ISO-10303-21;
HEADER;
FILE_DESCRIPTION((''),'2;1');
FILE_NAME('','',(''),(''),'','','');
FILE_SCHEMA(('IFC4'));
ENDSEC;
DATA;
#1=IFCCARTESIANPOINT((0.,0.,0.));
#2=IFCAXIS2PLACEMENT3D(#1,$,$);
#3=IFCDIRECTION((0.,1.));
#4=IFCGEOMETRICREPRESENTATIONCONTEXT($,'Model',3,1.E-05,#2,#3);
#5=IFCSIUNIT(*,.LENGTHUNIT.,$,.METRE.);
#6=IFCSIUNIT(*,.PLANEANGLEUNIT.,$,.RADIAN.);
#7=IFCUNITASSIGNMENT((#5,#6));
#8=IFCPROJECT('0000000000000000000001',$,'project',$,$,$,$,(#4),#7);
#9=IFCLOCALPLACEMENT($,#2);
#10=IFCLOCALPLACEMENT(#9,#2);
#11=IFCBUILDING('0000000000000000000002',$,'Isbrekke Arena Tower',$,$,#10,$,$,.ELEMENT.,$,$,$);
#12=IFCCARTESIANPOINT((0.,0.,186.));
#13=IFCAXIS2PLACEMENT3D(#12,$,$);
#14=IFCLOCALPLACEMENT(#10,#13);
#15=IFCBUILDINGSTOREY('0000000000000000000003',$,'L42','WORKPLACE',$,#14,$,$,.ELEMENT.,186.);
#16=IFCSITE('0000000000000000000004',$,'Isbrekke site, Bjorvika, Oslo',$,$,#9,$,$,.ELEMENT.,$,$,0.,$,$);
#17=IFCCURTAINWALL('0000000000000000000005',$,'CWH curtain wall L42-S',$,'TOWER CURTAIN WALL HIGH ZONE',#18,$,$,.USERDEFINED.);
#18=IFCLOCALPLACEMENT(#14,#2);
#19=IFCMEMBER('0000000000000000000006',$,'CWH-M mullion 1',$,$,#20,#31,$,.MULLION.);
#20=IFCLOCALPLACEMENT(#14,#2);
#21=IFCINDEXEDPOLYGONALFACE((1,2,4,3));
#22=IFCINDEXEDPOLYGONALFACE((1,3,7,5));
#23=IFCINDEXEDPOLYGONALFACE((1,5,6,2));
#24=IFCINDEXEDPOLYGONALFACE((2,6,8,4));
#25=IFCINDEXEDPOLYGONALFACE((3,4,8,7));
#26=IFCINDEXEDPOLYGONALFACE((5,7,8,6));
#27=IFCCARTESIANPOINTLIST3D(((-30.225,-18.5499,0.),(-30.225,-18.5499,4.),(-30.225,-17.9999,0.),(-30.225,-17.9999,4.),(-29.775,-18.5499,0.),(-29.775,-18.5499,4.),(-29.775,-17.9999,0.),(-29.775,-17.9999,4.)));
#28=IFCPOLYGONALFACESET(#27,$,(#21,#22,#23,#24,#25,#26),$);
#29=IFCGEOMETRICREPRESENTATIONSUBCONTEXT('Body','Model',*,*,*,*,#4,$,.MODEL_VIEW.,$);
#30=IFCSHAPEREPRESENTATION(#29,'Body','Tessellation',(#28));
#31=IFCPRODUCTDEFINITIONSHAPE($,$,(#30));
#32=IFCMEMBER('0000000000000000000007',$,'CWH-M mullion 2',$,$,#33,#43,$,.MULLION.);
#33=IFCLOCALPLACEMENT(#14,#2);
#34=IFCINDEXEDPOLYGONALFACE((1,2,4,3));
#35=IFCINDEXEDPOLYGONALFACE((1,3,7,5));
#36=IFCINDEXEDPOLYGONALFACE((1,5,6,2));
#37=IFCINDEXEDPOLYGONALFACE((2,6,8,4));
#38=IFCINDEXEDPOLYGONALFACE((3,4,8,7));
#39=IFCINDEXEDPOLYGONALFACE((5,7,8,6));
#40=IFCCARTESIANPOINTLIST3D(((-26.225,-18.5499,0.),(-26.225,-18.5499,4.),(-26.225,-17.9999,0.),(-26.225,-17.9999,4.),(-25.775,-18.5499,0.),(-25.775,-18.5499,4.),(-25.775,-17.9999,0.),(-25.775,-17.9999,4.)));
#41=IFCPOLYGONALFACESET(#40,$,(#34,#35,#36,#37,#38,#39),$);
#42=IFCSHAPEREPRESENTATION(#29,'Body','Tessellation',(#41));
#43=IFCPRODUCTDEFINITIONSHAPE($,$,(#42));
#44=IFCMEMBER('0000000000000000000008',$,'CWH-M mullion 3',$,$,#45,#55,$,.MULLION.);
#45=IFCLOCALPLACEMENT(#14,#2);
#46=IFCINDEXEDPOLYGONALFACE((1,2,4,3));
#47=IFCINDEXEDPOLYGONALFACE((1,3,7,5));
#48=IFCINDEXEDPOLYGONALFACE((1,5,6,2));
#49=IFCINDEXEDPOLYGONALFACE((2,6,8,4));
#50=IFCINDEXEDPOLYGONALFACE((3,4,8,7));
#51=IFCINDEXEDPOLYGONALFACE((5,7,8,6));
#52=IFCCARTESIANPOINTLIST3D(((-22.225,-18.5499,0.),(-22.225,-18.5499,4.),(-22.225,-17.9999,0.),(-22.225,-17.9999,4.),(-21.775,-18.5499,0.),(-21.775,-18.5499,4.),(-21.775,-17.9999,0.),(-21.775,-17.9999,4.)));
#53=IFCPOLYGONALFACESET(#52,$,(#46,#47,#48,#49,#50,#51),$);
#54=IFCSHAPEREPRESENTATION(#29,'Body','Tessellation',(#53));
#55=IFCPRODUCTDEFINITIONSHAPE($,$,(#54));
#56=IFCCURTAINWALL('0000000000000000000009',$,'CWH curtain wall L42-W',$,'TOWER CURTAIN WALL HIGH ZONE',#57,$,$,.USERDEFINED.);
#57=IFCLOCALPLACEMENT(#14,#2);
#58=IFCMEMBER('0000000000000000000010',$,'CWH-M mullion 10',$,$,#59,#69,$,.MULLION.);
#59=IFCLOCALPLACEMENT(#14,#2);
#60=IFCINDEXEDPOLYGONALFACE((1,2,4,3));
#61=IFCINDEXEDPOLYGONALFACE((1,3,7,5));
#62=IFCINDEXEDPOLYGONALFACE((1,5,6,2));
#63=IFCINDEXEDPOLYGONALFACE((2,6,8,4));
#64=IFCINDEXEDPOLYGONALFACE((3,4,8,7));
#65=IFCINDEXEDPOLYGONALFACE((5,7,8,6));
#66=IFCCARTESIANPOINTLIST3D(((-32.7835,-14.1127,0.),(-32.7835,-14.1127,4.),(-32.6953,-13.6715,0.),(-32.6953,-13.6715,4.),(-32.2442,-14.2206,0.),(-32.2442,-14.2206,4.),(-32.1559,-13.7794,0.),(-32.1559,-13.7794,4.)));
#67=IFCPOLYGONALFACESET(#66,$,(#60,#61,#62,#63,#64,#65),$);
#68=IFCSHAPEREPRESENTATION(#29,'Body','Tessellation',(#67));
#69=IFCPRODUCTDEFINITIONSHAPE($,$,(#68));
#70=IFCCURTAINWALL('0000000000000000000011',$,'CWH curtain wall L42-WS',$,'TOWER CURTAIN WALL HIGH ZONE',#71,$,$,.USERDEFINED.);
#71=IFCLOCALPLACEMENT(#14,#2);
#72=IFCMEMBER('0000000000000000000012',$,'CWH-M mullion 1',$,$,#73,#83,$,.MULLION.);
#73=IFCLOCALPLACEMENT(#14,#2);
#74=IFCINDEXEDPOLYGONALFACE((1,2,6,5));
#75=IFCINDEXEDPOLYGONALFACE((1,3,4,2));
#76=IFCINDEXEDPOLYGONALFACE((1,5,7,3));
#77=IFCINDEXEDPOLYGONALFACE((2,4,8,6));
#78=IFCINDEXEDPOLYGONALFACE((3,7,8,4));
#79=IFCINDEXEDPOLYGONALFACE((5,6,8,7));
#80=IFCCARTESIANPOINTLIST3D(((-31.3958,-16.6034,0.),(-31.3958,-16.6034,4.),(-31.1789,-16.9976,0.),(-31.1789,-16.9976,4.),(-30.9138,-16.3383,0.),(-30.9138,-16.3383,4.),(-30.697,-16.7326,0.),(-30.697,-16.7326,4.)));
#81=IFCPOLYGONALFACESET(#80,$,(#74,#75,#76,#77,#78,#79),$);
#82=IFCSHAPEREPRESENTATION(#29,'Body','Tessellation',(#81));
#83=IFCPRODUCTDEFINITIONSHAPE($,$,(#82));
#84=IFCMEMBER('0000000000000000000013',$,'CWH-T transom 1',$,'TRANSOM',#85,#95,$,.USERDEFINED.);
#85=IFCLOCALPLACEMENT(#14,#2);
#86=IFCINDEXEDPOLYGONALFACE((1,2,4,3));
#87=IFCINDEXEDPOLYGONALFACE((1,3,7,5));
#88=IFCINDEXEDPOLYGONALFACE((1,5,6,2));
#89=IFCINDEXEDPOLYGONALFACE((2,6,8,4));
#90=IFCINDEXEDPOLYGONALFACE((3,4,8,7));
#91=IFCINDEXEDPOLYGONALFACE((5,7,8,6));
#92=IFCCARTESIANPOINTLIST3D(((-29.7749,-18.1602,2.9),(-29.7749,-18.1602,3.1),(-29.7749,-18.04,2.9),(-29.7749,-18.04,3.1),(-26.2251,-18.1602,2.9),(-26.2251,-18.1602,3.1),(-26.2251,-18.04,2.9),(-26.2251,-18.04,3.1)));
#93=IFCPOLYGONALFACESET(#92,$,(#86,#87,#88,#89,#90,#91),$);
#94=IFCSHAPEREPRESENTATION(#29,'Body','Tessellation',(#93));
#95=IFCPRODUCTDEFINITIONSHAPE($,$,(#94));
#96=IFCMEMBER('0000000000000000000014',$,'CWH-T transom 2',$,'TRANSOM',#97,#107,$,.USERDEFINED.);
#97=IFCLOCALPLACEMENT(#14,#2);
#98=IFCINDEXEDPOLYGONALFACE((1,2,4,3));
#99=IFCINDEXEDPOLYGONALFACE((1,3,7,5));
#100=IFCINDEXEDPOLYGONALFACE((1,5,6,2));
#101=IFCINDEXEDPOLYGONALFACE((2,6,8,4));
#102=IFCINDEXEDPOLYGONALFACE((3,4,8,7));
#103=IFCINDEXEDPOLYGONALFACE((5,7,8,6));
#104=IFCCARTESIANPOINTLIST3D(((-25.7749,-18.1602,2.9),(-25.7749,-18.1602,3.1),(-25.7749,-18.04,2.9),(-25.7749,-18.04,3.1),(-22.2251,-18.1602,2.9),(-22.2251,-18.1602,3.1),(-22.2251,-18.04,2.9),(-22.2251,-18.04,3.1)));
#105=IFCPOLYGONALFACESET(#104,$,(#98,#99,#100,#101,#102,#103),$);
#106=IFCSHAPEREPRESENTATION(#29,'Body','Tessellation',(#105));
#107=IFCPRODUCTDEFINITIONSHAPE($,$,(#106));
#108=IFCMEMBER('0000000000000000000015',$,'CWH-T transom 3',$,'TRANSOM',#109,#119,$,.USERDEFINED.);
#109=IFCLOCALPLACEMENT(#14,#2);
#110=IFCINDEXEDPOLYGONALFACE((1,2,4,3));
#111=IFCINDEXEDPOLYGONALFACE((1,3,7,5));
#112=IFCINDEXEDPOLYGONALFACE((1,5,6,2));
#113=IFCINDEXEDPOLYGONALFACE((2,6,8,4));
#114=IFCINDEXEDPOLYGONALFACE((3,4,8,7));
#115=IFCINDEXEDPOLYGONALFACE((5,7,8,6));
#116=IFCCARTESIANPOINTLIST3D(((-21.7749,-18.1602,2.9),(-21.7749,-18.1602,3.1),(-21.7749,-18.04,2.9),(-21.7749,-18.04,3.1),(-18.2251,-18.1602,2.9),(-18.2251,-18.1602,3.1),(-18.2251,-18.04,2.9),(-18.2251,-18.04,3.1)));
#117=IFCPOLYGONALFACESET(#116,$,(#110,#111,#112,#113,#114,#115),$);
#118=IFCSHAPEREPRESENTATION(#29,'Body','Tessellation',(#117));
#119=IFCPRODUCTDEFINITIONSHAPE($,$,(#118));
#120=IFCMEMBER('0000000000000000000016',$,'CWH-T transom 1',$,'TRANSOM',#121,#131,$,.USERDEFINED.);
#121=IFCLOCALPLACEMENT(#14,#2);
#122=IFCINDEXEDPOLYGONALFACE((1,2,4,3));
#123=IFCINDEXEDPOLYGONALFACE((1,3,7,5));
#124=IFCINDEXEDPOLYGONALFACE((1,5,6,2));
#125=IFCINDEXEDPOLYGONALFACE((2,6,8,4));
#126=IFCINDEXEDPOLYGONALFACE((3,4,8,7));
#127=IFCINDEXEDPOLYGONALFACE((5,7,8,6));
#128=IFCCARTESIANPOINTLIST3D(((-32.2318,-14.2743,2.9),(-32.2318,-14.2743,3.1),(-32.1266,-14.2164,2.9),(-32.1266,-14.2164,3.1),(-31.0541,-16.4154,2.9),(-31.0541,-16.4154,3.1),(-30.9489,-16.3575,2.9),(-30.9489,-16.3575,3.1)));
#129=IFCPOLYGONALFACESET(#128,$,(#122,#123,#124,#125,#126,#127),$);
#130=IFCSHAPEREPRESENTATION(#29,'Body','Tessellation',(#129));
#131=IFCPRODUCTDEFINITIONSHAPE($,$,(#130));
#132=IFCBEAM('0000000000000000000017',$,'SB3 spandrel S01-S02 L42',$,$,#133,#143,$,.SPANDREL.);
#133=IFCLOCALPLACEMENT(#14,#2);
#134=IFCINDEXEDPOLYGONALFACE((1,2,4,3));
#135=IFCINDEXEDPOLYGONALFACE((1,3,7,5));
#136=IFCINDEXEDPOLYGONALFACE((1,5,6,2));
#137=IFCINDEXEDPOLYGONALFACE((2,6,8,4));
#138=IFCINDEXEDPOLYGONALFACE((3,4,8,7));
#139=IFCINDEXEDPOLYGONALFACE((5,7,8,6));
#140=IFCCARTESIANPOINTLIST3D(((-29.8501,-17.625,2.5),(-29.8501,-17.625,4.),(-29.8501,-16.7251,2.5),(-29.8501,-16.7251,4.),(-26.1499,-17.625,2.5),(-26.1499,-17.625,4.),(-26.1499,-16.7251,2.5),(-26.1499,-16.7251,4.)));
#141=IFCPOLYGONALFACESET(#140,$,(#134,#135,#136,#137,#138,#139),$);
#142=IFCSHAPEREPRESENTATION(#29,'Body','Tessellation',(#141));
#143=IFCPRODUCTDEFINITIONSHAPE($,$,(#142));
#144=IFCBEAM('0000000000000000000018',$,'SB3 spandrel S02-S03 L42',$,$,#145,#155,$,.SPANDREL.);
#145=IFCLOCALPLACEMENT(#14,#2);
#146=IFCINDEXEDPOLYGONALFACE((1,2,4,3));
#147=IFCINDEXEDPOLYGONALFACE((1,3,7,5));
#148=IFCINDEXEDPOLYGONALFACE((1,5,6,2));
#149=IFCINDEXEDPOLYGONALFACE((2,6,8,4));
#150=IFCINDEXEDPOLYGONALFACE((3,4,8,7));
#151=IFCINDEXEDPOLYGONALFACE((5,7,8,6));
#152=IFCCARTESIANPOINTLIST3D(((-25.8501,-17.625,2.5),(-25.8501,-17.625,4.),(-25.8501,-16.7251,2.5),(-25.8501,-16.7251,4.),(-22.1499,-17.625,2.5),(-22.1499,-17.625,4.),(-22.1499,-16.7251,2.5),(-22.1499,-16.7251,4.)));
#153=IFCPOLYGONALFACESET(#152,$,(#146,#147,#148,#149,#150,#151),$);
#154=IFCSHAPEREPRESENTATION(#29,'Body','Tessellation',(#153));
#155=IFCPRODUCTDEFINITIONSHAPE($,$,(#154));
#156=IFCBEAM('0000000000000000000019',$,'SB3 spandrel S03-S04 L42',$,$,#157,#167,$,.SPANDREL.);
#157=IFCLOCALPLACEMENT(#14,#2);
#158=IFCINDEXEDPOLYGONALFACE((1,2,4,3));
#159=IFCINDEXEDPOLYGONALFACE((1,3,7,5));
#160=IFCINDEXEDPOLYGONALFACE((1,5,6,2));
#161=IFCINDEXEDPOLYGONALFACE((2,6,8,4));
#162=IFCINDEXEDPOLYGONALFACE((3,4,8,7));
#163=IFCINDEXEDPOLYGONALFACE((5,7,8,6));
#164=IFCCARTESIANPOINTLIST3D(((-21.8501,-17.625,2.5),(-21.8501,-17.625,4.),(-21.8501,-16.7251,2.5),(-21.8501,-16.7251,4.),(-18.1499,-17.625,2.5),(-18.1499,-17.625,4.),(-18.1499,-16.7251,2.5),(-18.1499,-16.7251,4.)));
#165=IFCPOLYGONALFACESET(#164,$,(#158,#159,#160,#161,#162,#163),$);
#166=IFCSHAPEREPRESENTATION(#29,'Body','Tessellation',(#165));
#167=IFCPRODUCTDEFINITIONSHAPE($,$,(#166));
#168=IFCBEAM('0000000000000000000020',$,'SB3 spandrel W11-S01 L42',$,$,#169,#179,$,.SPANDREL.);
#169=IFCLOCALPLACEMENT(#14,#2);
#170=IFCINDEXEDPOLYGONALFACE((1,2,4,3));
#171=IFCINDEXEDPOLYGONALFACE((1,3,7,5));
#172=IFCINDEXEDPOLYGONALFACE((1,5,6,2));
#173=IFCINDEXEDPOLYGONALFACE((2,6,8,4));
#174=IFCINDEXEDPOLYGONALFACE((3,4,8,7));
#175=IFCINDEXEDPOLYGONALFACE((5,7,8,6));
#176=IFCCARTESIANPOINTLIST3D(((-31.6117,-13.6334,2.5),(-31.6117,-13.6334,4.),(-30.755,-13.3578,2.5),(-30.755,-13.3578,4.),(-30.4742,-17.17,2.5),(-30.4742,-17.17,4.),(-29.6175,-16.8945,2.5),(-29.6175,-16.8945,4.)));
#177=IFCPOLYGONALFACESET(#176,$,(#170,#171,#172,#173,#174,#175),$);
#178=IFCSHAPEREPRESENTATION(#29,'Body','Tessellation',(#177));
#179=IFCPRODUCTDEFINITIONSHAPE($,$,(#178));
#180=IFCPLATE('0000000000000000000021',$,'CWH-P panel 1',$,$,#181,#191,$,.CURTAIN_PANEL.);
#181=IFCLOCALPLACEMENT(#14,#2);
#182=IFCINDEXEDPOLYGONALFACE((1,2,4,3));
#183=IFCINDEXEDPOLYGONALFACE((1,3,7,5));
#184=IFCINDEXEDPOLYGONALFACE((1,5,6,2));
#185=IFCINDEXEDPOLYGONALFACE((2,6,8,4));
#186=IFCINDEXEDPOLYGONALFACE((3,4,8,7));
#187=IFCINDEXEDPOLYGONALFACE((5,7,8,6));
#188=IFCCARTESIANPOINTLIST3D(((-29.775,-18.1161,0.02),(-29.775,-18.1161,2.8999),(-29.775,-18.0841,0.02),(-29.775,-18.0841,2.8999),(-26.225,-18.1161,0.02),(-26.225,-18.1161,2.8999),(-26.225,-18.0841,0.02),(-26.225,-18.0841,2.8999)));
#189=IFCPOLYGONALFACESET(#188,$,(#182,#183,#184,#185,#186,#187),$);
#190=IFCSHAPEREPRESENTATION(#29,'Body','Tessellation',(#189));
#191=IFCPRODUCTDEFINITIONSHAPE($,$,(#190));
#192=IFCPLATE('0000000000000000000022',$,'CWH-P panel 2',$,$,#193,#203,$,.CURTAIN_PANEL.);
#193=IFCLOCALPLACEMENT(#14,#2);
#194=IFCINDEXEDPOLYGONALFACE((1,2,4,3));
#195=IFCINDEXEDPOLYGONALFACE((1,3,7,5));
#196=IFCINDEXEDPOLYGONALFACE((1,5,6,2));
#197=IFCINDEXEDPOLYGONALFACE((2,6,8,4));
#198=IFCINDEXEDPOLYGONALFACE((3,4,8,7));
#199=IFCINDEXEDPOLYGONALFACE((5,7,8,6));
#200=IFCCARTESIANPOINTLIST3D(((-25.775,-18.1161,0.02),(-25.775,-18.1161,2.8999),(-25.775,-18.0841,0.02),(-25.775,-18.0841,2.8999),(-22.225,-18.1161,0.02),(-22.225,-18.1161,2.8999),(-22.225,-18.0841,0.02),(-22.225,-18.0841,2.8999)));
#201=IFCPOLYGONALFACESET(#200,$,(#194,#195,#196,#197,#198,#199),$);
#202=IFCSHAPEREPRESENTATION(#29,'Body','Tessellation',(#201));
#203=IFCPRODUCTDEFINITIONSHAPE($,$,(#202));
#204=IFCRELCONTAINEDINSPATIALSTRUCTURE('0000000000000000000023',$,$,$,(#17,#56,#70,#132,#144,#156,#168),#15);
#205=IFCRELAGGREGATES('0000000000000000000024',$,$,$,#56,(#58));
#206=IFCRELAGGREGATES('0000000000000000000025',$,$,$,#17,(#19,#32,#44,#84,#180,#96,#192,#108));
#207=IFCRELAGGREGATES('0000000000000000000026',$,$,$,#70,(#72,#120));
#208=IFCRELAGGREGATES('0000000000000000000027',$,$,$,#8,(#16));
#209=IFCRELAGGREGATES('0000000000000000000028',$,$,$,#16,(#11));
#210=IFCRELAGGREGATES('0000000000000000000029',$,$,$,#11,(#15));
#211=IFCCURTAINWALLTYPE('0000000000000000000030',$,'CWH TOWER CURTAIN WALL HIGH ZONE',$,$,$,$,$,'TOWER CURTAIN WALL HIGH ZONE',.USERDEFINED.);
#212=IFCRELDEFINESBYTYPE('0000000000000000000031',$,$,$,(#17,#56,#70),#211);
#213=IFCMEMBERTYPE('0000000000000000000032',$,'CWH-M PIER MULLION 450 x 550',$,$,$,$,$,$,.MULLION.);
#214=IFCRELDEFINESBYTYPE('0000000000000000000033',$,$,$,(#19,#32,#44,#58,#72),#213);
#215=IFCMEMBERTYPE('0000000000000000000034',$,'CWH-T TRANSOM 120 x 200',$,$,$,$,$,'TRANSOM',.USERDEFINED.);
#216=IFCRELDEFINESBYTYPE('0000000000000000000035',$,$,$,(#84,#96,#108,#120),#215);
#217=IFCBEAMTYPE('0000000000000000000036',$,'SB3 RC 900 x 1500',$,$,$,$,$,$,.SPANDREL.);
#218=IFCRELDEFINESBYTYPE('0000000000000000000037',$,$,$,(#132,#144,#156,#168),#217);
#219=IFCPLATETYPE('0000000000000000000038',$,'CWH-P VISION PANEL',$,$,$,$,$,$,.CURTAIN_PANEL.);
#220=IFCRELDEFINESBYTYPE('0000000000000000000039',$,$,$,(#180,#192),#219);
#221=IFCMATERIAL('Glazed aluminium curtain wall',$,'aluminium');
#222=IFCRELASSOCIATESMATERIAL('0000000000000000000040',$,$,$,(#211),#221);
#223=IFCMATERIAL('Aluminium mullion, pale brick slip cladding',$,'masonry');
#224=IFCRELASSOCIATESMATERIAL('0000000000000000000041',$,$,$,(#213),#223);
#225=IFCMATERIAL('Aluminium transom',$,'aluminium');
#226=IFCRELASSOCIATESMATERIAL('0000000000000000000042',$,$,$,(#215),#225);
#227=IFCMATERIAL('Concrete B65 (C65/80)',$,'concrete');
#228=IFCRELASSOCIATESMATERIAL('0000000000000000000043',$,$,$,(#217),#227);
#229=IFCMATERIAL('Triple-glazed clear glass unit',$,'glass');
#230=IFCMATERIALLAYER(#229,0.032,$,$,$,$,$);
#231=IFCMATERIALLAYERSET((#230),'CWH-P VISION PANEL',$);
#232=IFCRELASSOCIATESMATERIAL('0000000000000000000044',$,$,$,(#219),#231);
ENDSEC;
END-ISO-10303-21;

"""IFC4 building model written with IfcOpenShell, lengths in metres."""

from ifc_helpers import new_model, si_unit, direction, frame, origin, origin_2d, place, context, subcontext, project, spatial, rectangle, extrude, material, layer, layer_set, material_profile, profile_set, type_object, element, aggregate, save


model = new_model("IFC4")

# Units and contexts
model_context = context("Model", 3, precision=1e-05, world=origin(), true_north=direction((0.0, 1.0)))
body_context = subcontext(model_context, "Body", "Model", "MODEL_VIEW")
ifc_project = project(units=[si_unit("LENGTHUNIT", "METRE"), si_unit("PLANEANGLEUNIT", "RADIAN")], contexts=[model_context])

# Site, building, storey
site_placement = place(None, origin())
site = spatial("IfcSite", under=ifc_project, at=site_placement, Name="Isbrekke site, Bjorvika, Oslo", CompositionType="ELEMENT", RefElevation=0.0)
building_placement = place(site_placement, origin())
building = spatial("IfcBuilding", under=site, at=building_placement, Name="Isbrekke Arena Tower", CompositionType="ELEMENT")
storey_placement = place(building_placement, frame((0.0, 0.0, 186.0)))
storey = spatial("IfcBuildingStorey", under=building, at=storey_placement, Name="L42", Description="WORKPLACE", CompositionType="ELEMENT", Elevation=186.0)

# Curtain wall, members
ifc_material_1 = material(Name="Glazed aluminium curtain wall", Category="aluminium")
curtain_wall_type = type_object("IfcCurtainWallType", Name="CWH TOWER CURTAIN WALL HIGH ZONE", ElementType="TOWER CURTAIN WALL HIGH ZONE", PredefinedType="USERDEFINED", material=ifc_material_1)
curtain_wall_1_placement = place(storey_placement, origin())
curtain_wall_1 = element("IfcCurtainWall", 1, at=curtain_wall_1_placement, inside=storey, type_object=curtain_wall_type, Name="CWH curtain wall L42-S", ObjectType="TOWER CURTAIN WALL HIGH ZONE", PredefinedType="USERDEFINED")
ifc_material_2 = material(Name="Aluminium mullion, pale brick slip cladding", Category="masonry")
ifc_material_profile_1 = material_profile(ifc_material_2, rectangle(XDim=0.45, YDim=0.55, at=origin_2d()), Name="PIER 450X550")
ifc_profile_set_1 = profile_set([ifc_material_profile_1], Name="Aluminium mullion, pale brick slip cladding")
member_type_1 = type_object("IfcMemberType", Name="CWH-M PIER MULLION 450 x 550", PredefinedType="MULLION", material=ifc_profile_set_1)
member_1_placement = place(storey_placement, frame((-30.0, -18.2749, 0.0), z_axis=(0.0, 0.0, 1.0), x_axis=(1.0, 0.0, 0.0)))
member_1 = element("IfcMember", 2, at=member_1_placement, type_object=member_type_1, Name="CWH-M mullion 1", PredefinedType="MULLION", context=body_context, shape_type="SweptSolid", body=[
    extrude(rectangle(XDim=0.45, YDim=0.55, at=origin_2d()), origin(), (0.0, 0.0, 1.0), 4.0),
])
member_2_placement = place(storey_placement, frame((-26.0, -18.2749, 0.0), z_axis=(0.0, 0.0, 1.0), x_axis=(1.0, 0.0, 0.0)))
member_2 = element("IfcMember", 3, at=member_2_placement, type_object=member_type_1, Name="CWH-M mullion 2", PredefinedType="MULLION", context=body_context, shape_type="SweptSolid", body=[
    extrude(rectangle(XDim=0.45, YDim=0.55, at=origin_2d()), origin(), (0.0, 0.0, 1.0), 4.0),
])
member_3_placement = place(storey_placement, frame((-22.0, -18.2749, 0.0), z_axis=(0.0, 0.0, 1.0), x_axis=(1.0, 0.0, 0.0)))
member_3 = element("IfcMember", 4, at=member_3_placement, type_object=member_type_1, Name="CWH-M mullion 3", PredefinedType="MULLION", context=body_context, shape_type="SweptSolid", body=[
    extrude(rectangle(XDim=0.45, YDim=0.55, at=origin_2d()), origin(), (0.0, 0.0, 1.0), 4.0),
])

# Curtain walls, members
curtain_wall_2_placement = place(storey_placement, origin())
curtain_wall_2 = element("IfcCurtainWall", 5, at=curtain_wall_2_placement, inside=storey, type_object=curtain_wall_type, Name="CWH curtain wall L42-W", ObjectType="TOWER CURTAIN WALL HIGH ZONE", PredefinedType="USERDEFINED")
member_4_placement = place(storey_placement, frame((-32.4697, -13.946, 0.0), z_axis=(0.0, 0.0, 1.0), x_axis=(-0.196116, -0.980581, 0.0)))
member_4 = element("IfcMember", 6, at=member_4_placement, type_object=member_type_1, Name="CWH-M mullion 10", PredefinedType="MULLION", context=body_context, shape_type="SweptSolid", body=[
    extrude(rectangle(XDim=0.45, YDim=0.55, at=origin_2d()), origin(), (0.0, 0.0, 1.0), 4.0),
])
aggregate(curtain_wall_2, [member_4])
curtain_wall_3_placement = place(storey_placement, origin())
curtain_wall_3 = element("IfcCurtainWall", 7, at=curtain_wall_3_placement, inside=storey, type_object=curtain_wall_type, Name="CWH curtain wall L42-WS", ObjectType="TOWER CURTAIN WALL HIGH ZONE", PredefinedType="USERDEFINED")
member_5_placement = place(storey_placement, frame((-31.0464, -16.668, 0.0), z_axis=(0.0, 0.0, 1.0), x_axis=(0.481919, -0.876216, 0.0)))
member_5 = element("IfcMember", 8, at=member_5_placement, type_object=member_type_1, Name="CWH-M mullion 1", PredefinedType="MULLION", context=body_context, shape_type="SweptSolid", body=[
    extrude(rectangle(XDim=0.45, YDim=0.55, at=origin_2d()), origin(), (0.0, 0.0, 1.0), 4.0),
])

# Members
ifc_material_3 = material(Name="Aluminium transom", Category="aluminium")
ifc_material_profile_2 = material_profile(ifc_material_3, rectangle(XDim=0.1201, YDim=0.2, at=origin_2d()), Name="TRANSOM 120X200")
ifc_profile_set_2 = profile_set([ifc_material_profile_2], Name="Aluminium transom")
member_type_2 = type_object("IfcMemberType", Name="CWH-T TRANSOM 120 x 200", ElementType="TRANSOM", PredefinedType="USERDEFINED", material=ifc_profile_set_2)
member_6_placement = place(storey_placement, frame((-29.7749, -18.1001, 3.0), z_axis=(1.0, 0.0, 0.0), x_axis=(0.0, 1.0, 0.0)))
member_6 = element("IfcMember", 9, at=member_6_placement, type_object=member_type_2, Name="CWH-T transom 1", ObjectType="TRANSOM", PredefinedType="USERDEFINED", context=body_context, shape_type="SweptSolid", body=[
    extrude(rectangle(XDim=0.1201, YDim=0.2, at=origin_2d()), origin(), (0.0, 0.0, 1.0), 3.5498),
])
member_7_placement = place(storey_placement, frame((-25.7749, -18.1001, 3.0), z_axis=(1.0, 0.0, 0.0), x_axis=(0.0, 1.0, 0.0)))
member_7 = element("IfcMember", 10, at=member_7_placement, type_object=member_type_2, Name="CWH-T transom 2", ObjectType="TRANSOM", PredefinedType="USERDEFINED", context=body_context, shape_type="SweptSolid", body=[
    extrude(rectangle(XDim=0.1201, YDim=0.2, at=origin_2d()), origin(), (0.0, 0.0, 1.0), 3.5498),
])
member_8_placement = place(storey_placement, frame((-21.7749, -18.1001, 3.0), z_axis=(1.0, 0.0, 0.0), x_axis=(0.0, 1.0, 0.0)))
member_8 = element("IfcMember", 11, at=member_8_placement, type_object=member_type_2, Name="CWH-T transom 3", ObjectType="TRANSOM", PredefinedType="USERDEFINED", context=body_context, shape_type="SweptSolid", body=[
    extrude(rectangle(XDim=0.1201, YDim=0.2, at=origin_2d()), origin(), (0.0, 0.0, 1.0), 3.5498),
])
member_9_placement = place(storey_placement, frame((-32.1792, -14.2454, 3.0), z_axis=(0.481957, -0.876195, 0.0), x_axis=(0.876195, 0.481957, 0.0)))
member_9 = element("IfcMember", 12, at=member_9_placement, type_object=member_type_2, Name="CWH-T transom 1", ObjectType="TRANSOM", PredefinedType="USERDEFINED", context=body_context, shape_type="SweptSolid", body=[
    extrude(rectangle(XDim=0.1201, YDim=0.2, at=origin_2d()), origin(), (0.0, 0.0, 1.0), 2.4436),
])

# Beams
ifc_material_4 = material(Name="Concrete B65 (C65/80)", Category="concrete")
ifc_material_profile_3 = material_profile(ifc_material_4, rectangle(XDim=0.8999, YDim=1.5, at=origin_2d()), Name="RC 900x1500")
ifc_profile_set_3 = profile_set([ifc_material_profile_3], Name="Concrete B65 (C65/80)")
beam_type_1 = type_object("IfcBeamType", Name="SB3 RC 900 x 1500", PredefinedType="SPANDREL", material=ifc_profile_set_3)
for number, where, z_axis, x_axis, name in (
    (13, (-29.8501, -17.175, 3.25), (1.0, 0.0, 0.0), (0.0, 1.0, 0.0), "SB3 spandrel S01-S02 L42"),
    (14, (-25.8501, -17.175, 3.25), (1.0, 0.0, 0.0), (0.0, 1.0, 0.0), "SB3 spandrel S02-S03 L42"),
    (15, (-21.8501, -17.175, 3.25), (1.0, 0.0, 0.0), (0.0, 1.0, 0.0), "SB3 spandrel S03-S04 L42"),
):
    element("IfcBeam", number, at=place(storey_placement, frame(where, z_axis=z_axis, x_axis=x_axis)), inside=storey, type_object=beam_type_1, Name=name, PredefinedType="SPANDREL", context=body_context, shape_type="SweptSolid", body=[
        extrude(rectangle(XDim=0.8999, YDim=1.5, at=origin_2d()), origin(), (0.0, 0.0, 1.0), 3.7002),
    ])
beam_1_placement = place(storey_placement, frame((-31.1833, -13.4956, 3.25), z_axis=(0.306175, -0.951975, 0.0), x_axis=(0.951975, 0.306175, 0.0)))
element("IfcBeam", 16, at=beam_1_placement, inside=storey, type_object=beam_type_1, Name="SB3 spandrel W11-S01 L42", PredefinedType="SPANDREL", context=body_context, shape_type="SweptSolid", body=[
    extrude(rectangle(XDim=0.8999, YDim=1.5, at=origin_2d()), origin(), (0.0, 0.0, 1.0), 3.7151),
])

# Plates
ifc_material_5 = material(Name="Triple-glazed clear glass unit", Category="glass")
ifc_layer = layer(ifc_material_5, 0.032)
ifc_layer_set = layer_set([ifc_layer], Name="CWH-P VISION PANEL")
plate_type = type_object("IfcPlateType", Name="CWH-P VISION PANEL", PredefinedType="CURTAIN_PANEL", material=ifc_layer_set)
plate_1_placement = place(storey_placement, frame((-28.0, -18.1001, 0.02), z_axis=(0.0, 0.0, 1.0), x_axis=(1.0, 0.0, 0.0)))
plate_1 = element("IfcPlate", 17, at=plate_1_placement, type_object=plate_type, Name="CWH-P panel 1", PredefinedType="CURTAIN_PANEL", context=body_context, shape_type="SweptSolid", body=[
    extrude(rectangle(XDim=3.55, YDim=0.032, at=origin_2d()), origin(), (0.0, 0.0, 1.0), 2.8799),
])
plate_2_placement = place(storey_placement, frame((-24.0, -18.1001, 0.02), z_axis=(0.0, 0.0, 1.0), x_axis=(1.0, 0.0, 0.0)))
plate_2 = element("IfcPlate", 18, at=plate_2_placement, type_object=plate_type, Name="CWH-P panel 2", PredefinedType="CURTAIN_PANEL", context=body_context, shape_type="SweptSolid", body=[
    extrude(rectangle(XDim=3.55, YDim=0.032, at=origin_2d()), origin(), (0.0, 0.0, 1.0), 2.8799),
])
aggregate(curtain_wall_1, [member_1, member_2, member_3, member_6, plate_1, member_7, plate_2, member_8])
aggregate(curtain_wall_3, [member_5, member_9])

save(model, "model.ifc")
